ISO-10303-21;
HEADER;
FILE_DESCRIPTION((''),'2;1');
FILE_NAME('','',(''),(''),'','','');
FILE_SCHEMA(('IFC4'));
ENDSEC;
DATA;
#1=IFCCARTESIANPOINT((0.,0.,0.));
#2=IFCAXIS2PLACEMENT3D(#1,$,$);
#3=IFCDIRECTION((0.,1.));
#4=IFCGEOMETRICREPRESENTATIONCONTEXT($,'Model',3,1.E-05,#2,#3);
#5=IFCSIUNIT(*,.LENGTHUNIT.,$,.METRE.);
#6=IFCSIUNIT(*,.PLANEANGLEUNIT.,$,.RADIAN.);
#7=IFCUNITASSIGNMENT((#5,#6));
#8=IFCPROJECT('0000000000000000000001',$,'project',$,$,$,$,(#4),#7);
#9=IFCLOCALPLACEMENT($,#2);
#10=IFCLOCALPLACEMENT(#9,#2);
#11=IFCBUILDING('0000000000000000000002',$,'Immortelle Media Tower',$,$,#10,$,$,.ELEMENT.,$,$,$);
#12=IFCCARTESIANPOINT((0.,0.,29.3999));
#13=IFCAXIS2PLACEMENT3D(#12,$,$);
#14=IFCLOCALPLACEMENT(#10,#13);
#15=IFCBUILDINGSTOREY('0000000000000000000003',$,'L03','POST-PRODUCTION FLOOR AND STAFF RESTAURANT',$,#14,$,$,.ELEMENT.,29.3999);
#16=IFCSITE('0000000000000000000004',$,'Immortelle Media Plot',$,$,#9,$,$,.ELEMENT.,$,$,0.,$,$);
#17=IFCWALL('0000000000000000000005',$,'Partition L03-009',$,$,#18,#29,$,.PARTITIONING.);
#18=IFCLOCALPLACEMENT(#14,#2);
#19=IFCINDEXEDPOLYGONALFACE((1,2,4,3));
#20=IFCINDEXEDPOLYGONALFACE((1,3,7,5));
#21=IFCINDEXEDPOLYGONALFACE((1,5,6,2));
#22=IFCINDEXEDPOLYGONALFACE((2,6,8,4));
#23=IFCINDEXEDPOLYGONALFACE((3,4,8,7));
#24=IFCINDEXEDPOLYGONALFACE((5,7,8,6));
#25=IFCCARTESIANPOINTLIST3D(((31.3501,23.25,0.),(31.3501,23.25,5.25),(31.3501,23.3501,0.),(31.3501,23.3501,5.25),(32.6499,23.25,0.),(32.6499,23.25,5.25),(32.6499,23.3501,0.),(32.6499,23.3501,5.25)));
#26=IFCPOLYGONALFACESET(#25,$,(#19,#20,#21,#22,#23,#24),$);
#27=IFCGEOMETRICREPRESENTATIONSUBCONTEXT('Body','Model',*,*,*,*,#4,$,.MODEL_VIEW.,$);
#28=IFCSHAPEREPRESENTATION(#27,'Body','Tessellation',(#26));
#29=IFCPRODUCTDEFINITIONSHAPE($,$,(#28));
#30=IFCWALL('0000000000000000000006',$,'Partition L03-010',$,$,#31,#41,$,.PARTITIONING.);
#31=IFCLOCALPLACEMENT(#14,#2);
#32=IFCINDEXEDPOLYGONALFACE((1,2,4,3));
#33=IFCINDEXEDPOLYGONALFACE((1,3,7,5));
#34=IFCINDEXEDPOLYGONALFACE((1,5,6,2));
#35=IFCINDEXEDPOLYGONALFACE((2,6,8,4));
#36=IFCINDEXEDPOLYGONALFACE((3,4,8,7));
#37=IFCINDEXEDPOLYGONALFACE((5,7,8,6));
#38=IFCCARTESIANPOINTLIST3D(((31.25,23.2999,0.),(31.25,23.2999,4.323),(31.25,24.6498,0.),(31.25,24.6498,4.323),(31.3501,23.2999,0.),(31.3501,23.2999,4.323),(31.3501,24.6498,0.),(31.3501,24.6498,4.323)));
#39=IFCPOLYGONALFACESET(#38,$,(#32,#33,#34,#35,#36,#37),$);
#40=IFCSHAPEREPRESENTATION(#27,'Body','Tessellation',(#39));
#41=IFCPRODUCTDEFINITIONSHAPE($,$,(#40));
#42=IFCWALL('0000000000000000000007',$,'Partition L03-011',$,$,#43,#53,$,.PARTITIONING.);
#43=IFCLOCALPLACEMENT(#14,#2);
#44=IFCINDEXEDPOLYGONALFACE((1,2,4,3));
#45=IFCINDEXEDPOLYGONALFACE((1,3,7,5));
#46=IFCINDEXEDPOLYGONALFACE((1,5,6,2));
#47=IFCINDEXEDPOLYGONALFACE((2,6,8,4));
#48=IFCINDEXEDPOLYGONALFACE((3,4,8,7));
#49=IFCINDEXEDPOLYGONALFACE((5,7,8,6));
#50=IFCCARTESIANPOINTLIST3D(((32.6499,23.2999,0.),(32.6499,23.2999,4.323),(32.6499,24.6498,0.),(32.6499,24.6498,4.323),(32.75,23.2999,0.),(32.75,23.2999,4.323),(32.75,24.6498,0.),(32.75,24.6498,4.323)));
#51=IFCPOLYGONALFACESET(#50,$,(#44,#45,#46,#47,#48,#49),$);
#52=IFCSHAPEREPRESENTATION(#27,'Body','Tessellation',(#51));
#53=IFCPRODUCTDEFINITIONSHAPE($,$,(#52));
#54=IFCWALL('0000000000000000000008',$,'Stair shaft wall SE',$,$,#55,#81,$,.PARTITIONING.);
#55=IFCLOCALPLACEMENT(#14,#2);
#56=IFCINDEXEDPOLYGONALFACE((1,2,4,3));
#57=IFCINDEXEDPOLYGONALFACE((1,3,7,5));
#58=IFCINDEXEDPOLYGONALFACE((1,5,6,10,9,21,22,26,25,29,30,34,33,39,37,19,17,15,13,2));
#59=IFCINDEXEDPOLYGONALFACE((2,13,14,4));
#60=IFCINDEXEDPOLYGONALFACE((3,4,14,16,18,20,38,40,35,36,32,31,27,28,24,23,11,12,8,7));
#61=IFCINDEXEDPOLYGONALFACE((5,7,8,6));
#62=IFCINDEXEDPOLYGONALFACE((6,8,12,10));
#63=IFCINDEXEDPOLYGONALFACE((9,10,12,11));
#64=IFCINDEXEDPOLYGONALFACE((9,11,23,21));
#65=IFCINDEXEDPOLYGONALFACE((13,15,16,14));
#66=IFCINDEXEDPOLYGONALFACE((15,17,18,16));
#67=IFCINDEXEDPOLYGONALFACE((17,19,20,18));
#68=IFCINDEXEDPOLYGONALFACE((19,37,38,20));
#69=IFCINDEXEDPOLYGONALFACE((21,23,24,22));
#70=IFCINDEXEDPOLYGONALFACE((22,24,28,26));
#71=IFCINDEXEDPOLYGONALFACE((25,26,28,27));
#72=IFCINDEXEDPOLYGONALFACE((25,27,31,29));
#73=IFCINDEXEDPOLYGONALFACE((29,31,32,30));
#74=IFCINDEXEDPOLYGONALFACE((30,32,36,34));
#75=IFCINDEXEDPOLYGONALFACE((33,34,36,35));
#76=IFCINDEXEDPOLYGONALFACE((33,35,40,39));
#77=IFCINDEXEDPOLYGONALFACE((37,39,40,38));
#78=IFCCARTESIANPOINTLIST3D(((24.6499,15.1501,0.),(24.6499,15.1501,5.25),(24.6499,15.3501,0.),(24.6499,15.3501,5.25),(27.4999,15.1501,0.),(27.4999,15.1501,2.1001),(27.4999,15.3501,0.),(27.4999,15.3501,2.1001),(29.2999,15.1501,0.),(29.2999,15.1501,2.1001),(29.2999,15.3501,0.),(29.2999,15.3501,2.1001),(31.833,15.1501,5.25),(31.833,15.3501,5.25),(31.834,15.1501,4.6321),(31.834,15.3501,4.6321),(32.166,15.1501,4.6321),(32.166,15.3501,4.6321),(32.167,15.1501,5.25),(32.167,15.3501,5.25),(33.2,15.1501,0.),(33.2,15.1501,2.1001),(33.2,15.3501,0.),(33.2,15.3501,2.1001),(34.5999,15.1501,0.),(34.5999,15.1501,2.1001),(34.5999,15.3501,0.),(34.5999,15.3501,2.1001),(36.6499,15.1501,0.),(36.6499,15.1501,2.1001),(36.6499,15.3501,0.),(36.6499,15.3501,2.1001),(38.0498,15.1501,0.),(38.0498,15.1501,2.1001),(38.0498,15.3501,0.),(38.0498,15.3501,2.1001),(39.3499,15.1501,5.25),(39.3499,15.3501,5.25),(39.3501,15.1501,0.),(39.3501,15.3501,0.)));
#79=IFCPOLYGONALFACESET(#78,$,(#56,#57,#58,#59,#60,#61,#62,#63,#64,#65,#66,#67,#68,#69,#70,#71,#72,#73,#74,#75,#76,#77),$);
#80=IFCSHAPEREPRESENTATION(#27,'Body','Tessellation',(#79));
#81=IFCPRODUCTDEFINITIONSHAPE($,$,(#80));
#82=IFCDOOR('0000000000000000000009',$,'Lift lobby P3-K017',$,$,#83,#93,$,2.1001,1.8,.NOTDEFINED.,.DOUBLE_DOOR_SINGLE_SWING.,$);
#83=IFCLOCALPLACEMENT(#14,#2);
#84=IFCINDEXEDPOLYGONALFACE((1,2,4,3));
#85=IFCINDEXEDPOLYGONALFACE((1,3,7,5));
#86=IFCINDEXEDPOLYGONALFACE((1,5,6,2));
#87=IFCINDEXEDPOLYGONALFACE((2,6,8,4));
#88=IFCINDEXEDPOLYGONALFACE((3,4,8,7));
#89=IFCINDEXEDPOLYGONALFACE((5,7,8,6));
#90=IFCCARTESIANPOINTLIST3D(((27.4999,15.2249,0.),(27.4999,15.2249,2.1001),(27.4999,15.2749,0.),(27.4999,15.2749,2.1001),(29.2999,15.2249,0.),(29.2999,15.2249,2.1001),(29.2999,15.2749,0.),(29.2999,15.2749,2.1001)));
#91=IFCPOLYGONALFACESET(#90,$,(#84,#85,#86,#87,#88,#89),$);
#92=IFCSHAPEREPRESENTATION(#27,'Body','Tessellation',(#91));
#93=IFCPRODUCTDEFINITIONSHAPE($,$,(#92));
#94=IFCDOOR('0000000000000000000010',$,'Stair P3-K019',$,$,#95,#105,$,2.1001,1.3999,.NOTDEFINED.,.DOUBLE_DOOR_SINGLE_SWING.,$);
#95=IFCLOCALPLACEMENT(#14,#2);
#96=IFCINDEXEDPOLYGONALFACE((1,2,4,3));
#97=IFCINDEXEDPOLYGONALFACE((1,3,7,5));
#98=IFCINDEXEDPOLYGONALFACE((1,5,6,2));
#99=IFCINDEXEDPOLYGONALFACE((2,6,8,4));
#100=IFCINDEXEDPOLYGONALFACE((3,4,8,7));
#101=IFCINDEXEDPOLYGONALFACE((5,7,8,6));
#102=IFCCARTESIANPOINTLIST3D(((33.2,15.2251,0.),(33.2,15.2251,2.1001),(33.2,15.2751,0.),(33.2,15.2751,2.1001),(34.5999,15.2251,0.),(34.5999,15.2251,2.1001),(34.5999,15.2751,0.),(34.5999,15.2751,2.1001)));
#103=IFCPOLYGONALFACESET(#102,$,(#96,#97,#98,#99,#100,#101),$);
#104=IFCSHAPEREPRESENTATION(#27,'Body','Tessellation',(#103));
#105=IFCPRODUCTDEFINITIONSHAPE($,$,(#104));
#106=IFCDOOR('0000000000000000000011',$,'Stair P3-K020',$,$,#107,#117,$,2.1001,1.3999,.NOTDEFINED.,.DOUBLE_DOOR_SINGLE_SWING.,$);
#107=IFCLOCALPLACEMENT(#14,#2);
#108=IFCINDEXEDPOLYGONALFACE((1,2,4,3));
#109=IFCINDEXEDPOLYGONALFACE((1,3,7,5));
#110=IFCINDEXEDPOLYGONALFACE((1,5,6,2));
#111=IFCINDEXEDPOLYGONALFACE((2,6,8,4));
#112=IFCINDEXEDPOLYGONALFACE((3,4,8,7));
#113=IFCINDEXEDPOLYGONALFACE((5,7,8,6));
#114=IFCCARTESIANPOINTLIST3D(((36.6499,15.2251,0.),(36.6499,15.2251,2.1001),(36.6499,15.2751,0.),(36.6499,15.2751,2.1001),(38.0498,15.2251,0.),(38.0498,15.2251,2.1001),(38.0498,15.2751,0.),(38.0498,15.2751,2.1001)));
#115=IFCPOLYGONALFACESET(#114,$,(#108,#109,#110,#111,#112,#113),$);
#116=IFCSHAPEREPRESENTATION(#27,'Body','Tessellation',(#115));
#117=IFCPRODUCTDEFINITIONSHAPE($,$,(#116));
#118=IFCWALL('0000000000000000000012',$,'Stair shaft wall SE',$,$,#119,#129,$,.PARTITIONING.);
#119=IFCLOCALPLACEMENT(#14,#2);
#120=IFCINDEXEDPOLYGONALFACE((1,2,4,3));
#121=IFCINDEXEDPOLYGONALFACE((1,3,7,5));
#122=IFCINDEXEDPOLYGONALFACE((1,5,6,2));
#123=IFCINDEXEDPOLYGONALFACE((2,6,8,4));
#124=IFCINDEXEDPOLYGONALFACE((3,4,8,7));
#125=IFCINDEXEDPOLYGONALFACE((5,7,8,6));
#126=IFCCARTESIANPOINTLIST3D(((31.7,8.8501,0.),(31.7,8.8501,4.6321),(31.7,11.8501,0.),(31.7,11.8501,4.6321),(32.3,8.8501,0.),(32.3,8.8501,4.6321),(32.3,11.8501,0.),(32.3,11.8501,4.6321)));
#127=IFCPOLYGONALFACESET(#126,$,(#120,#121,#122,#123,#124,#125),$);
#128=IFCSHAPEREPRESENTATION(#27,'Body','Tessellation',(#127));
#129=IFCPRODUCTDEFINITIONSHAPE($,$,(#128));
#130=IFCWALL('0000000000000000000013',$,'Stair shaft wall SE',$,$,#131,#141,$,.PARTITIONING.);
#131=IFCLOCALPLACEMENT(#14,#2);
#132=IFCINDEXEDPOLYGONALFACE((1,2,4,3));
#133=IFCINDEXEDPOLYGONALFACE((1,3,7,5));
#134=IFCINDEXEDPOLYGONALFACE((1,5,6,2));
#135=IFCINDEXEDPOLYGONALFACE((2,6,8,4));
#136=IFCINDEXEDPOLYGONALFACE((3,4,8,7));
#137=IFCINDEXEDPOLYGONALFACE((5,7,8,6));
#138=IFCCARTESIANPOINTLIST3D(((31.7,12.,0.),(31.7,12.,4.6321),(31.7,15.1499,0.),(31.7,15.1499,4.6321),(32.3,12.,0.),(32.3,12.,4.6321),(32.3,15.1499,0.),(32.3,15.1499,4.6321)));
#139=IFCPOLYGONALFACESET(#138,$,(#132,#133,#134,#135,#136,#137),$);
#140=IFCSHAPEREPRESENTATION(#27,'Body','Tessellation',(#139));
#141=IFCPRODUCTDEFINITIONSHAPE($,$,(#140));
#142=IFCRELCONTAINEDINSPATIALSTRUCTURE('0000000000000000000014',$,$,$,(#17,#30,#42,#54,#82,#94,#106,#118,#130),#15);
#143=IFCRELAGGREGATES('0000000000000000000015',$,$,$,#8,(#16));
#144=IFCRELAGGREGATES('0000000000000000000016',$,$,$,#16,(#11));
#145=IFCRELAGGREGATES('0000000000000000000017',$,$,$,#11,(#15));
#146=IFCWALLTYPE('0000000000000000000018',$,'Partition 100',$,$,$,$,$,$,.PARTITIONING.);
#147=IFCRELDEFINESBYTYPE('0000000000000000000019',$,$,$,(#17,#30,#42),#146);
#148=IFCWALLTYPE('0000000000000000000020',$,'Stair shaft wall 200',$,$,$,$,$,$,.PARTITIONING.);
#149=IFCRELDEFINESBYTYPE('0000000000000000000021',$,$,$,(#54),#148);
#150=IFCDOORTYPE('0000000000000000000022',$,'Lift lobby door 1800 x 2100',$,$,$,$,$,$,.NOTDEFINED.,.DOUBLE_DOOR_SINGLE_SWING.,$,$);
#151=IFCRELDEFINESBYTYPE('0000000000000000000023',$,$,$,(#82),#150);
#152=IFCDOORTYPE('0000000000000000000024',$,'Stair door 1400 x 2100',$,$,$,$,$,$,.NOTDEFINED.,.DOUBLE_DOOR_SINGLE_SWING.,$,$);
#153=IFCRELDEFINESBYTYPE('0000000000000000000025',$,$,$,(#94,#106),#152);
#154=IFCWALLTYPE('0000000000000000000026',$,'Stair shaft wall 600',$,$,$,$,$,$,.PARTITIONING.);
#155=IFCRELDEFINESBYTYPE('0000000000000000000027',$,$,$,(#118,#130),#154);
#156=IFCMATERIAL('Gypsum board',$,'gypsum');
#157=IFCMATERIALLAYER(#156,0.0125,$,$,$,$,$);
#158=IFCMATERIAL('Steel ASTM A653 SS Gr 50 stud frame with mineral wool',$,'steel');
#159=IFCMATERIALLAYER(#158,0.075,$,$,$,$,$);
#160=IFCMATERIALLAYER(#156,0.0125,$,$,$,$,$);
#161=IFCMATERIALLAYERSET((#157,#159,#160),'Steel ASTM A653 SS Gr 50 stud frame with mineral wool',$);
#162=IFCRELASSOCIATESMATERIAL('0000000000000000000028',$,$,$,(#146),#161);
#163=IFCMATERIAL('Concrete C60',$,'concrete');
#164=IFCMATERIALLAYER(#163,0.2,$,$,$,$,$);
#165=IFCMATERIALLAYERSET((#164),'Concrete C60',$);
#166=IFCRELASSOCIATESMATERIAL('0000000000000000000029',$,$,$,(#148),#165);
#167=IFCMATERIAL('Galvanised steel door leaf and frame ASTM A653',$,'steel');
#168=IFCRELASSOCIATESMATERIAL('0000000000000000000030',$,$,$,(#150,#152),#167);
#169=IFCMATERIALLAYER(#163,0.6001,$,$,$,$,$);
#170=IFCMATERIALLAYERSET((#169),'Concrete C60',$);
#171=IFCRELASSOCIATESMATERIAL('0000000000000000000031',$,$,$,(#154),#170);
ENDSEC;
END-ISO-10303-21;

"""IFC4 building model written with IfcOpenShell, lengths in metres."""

from ifc_helpers import new_model, si_unit, direction, frame, frame_2d, origin, place, context, subcontext, project, spatial, polyline, rectangle, outline, extrude, material, layer, layer_set, type_object, element, fill, save


model = new_model("IFC4")

# Units and contexts
model_context = context("Model", 3, precision=1e-05, world=origin(), true_north=direction((0.0, 1.0)))
body_context = subcontext(model_context, "Body", "Model", "MODEL_VIEW")
ifc_project = project(units=[si_unit("LENGTHUNIT", "METRE"), si_unit("PLANEANGLEUNIT", "RADIAN")], contexts=[model_context])

# Site, building, storey
site_placement = place(None, origin())
site = spatial("IfcSite", under=ifc_project, at=site_placement, Name="Immortelle Media Plot", CompositionType="ELEMENT", RefElevation=0.0)
building_placement = place(site_placement, origin())
building = spatial("IfcBuilding", under=site, at=building_placement, Name="Immortelle Media Tower", CompositionType="ELEMENT")
storey_placement = place(building_placement, frame((0.0, 0.0, 29.3999)))
storey = spatial("IfcBuildingStorey", under=building, at=storey_placement, Name="L03", Description="POST-PRODUCTION FLOOR AND STAFF RESTAURANT", CompositionType="ELEMENT", Elevation=29.3999)

# Shared definitions
ifc_material_1 = material(Name="Steel ASTM A653 SS Gr 50 stud frame with mineral wool", Category="steel")

# Walls
ifc_material_2 = material(Name="Gypsum board", Category="gypsum")
ifc_layer_1 = layer(ifc_material_2, 0.0125)
ifc_layer_2 = layer(ifc_material_1, 0.075)
ifc_layer_3 = layer(ifc_material_2, 0.0125)
ifc_layer_set_1 = layer_set([ifc_layer_1, ifc_layer_2, ifc_layer_3], Name="Steel ASTM A653 SS Gr 50 stud frame with mineral wool")
wall_type_1 = type_object("IfcWallType", Name="Partition 100", PredefinedType="PARTITIONING", material=ifc_layer_set_1)
wall_1_placement = place(storey_placement, frame((31.3501, 23.3, 0.0), z_axis=(0.0, 0.0, 1.0), x_axis=(1.0, 0.0, 0.0)))
element("IfcWall", 1, at=wall_1_placement, inside=storey, type_object=wall_type_1, Name="Partition L03-009", PredefinedType="PARTITIONING", context=body_context, shape_type="SweptSolid", body=[
    extrude(rectangle(XDim=1.2998, YDim=0.1001, at=frame_2d((0.6499, 0.0))), origin(), (0.0, 0.0, 1.0), 5.25),
])
for number, where, z_axis, x_axis, name in (
    (2, (31.3, 23.3, 0.0), (0.0, 0.0, 1.0), (0.0, 1.0, 0.0), "Partition L03-010"),
    (3, (32.7, 23.3, 0.0), (0.0, 0.0, 1.0), (0.0, 1.0, 0.0), "Partition L03-011"),
):
    element("IfcWall", number, at=place(storey_placement, frame(where, z_axis=z_axis, x_axis=x_axis)), inside=storey, type_object=wall_type_1, Name=name, PredefinedType="PARTITIONING", context=body_context, shape_type="SweptSolid", body=[
        extrude(rectangle(XDim=1.3499, YDim=0.1001, at=frame_2d((0.6748, 0.0))), origin(), (0.0, 0.0, 1.0), 4.323),
    ])

# Wall, openings, doors
ifc_material_3 = material(Name="Concrete C60", Category="concrete")
ifc_layer_4 = layer(ifc_material_3, 0.2)
ifc_layer_set_2 = layer_set([ifc_layer_4], Name="Concrete C60")
wall_type_2 = type_object("IfcWallType", Name="Stair shaft wall 200", PredefinedType="PARTITIONING", material=ifc_layer_set_2)
wall_2_placement = place(storey_placement, frame((24.6499, 15.25, 0.0), z_axis=(0.0, 0.0, 1.0), x_axis=(1.0, 0.0, 0.0)))
wall_2 = element("IfcWall", 4, at=wall_2_placement, inside=storey, type_object=wall_type_2, Name="Stair shaft wall SE", PredefinedType="PARTITIONING", context=body_context, shape_type="SweptSolid", body=[
    extrude(outline(polyline([(0.0, 0.0), (14.7002, 0.0), (14.7, 5.25), (7.5171, 5.25), (7.5161, 4.6321), (7.1841, 4.6321), (7.1831, 5.25), (0.0, 5.25), (0.0, 0.0)])), frame((0.0, 0.1001, 0.0), z_axis=(0.0, -1.0, 0.0), x_axis=(1.0, 0.0, 0.0)), (0.0, 0.0, 1.0), 0.2),
])
opening_1_placement = place(wall_2_placement, frame((2.8501, 0.0, 0.0)))
opening_1 = element("IfcOpeningElement", 5, at=opening_1_placement, cuts=wall_2, PredefinedType="OPENING", context=body_context, shape_type="SweptSolid", body=[
    extrude(rectangle(XDim=1.8, YDim=2.1001, at=frame_2d((0.8999, 1.05))), frame((0.0, 0.1099, 0.0), z_axis=(0.0, -1.0, 0.0), x_axis=(1.0, 0.0, 0.0)), (0.0, 0.0, 1.0), 0.22),
])
opening_2_placement = place(wall_2_placement, frame((9.95, 0.0, 0.0), z_axis=(0.0, 0.0, 1.0), x_axis=(-1.0, 0.0, 0.0)))
opening_2 = element("IfcOpeningElement", 6, at=opening_2_placement, cuts=wall_2, PredefinedType="OPENING", context=body_context, shape_type="SweptSolid", body=[
    extrude(rectangle(XDim=1.3999, YDim=2.1001, at=frame_2d((0.7, 1.05))), frame((0.0, 0.1099, 0.0), z_axis=(0.0, -1.0, 0.0), x_axis=(1.0, 0.0, 0.0)), (0.0, 0.0, 1.0), 0.22),
])
opening_3_placement = place(wall_2_placement, frame((13.3999, 0.0, 0.0), z_axis=(0.0, 0.0, 1.0), x_axis=(-1.0, 0.0, 0.0)))
opening_3 = element("IfcOpeningElement", 7, at=opening_3_placement, cuts=wall_2, PredefinedType="OPENING", context=body_context, shape_type="SweptSolid", body=[
    extrude(rectangle(XDim=1.3999, YDim=2.1001, at=frame_2d((0.7, 1.05))), frame((0.0, 0.1099, 0.0), z_axis=(0.0, -1.0, 0.0), x_axis=(1.0, 0.0, 0.0)), (0.0, 0.0, 1.0), 0.22),
])
ifc_material_4 = material(Name="Galvanised steel door leaf and frame ASTM A653", Category="steel")
door_type_1 = type_object("IfcDoorType", Name="Lift lobby door 1800 x 2100", OperationType="DOUBLE_DOOR_SINGLE_SWING", PredefinedType="NOTDEFINED", material=ifc_material_4)
door_1_placement = place(opening_1_placement, origin())
door_1 = element("IfcDoor", 8, at=door_1_placement, inside=storey, type_object=door_type_1, Name="Lift lobby P3-K017", OperationType="DOUBLE_DOOR_SINGLE_SWING", OverallHeight=2.1001, OverallWidth=1.8, PredefinedType="NOTDEFINED", context=body_context, shape_type="SweptSolid", body=[
    extrude(rectangle(XDim=1.8, YDim=2.1001, at=frame_2d((0.8999, 1.05))), frame((0.0, 0.0249, 0.0), z_axis=(0.0, -1.0, 0.0), x_axis=(1.0, 0.0, 0.0)), (0.0, 0.0, 1.0), 0.05),
])
fill(opening_1, door_1)
door_type_2 = type_object("IfcDoorType", Name="Stair door 1400 x 2100", OperationType="DOUBLE_DOOR_SINGLE_SWING", PredefinedType="NOTDEFINED", material=ifc_material_4)
door_2_placement = place(opening_2_placement, origin())
door_2 = element("IfcDoor", 9, at=door_2_placement, inside=storey, type_object=door_type_2, Name="Stair P3-K019", OperationType="DOUBLE_DOOR_SINGLE_SWING", OverallHeight=2.1001, OverallWidth=1.3999, PredefinedType="NOTDEFINED", context=body_context, shape_type="SweptSolid", body=[
    extrude(rectangle(XDim=1.3999, YDim=2.1001, at=frame_2d((0.7, 1.05))), frame((0.0, 0.0249, 0.0), z_axis=(0.0, -1.0, 0.0), x_axis=(1.0, 0.0, 0.0)), (0.0, 0.0, 1.0), 0.05),
])
fill(opening_2, door_2)
door_3_placement = place(opening_3_placement, origin())
door_3 = element("IfcDoor", 10, at=door_3_placement, inside=storey, type_object=door_type_2, Name="Stair P3-K020", OperationType="DOUBLE_DOOR_SINGLE_SWING", OverallHeight=2.1001, OverallWidth=1.3999, PredefinedType="NOTDEFINED", context=body_context, shape_type="SweptSolid", body=[
    extrude(rectangle(XDim=1.3999, YDim=2.1001, at=frame_2d((0.7, 1.05))), frame((0.0, 0.0249, 0.0), z_axis=(0.0, -1.0, 0.0), x_axis=(1.0, 0.0, 0.0)), (0.0, 0.0, 1.0), 0.05),
])
fill(opening_3, door_3)

# Walls
ifc_layer_5 = layer(ifc_material_3, 0.6001)
ifc_layer_set_3 = layer_set([ifc_layer_5], Name="Concrete C60")
wall_type_3 = type_object("IfcWallType", Name="Stair shaft wall 600", PredefinedType="PARTITIONING", material=ifc_layer_set_3)
wall_3_placement = place(storey_placement, frame((32.0, 8.8501, 0.0), z_axis=(0.0, 0.0, 1.0), x_axis=(0.0, 1.0, 0.0)))
element("IfcWall", 11, at=wall_3_placement, inside=storey, type_object=wall_type_3, Name="Stair shaft wall SE", PredefinedType="PARTITIONING", context=body_context, shape_type="SweptSolid", body=[
    extrude(rectangle(XDim=3.0, YDim=0.6001, at=frame_2d((1.5, 0.0))), origin(), (0.0, 0.0, 1.0), 4.6321),
])
wall_4_placement = place(storey_placement, frame((32.0, 12.0, 0.0), z_axis=(0.0, 0.0, 1.0), x_axis=(0.0, 1.0, 0.0)))
element("IfcWall", 12, at=wall_4_placement, inside=storey, type_object=wall_type_3, Name="Stair shaft wall SE", PredefinedType="PARTITIONING", context=body_context, shape_type="SweptSolid", body=[
    extrude(rectangle(XDim=3.1499, YDim=0.6001, at=frame_2d((1.575, 0.0))), origin(), (0.0, 0.0, 1.0), 4.6321),
])

save(model, "model.ifc")
